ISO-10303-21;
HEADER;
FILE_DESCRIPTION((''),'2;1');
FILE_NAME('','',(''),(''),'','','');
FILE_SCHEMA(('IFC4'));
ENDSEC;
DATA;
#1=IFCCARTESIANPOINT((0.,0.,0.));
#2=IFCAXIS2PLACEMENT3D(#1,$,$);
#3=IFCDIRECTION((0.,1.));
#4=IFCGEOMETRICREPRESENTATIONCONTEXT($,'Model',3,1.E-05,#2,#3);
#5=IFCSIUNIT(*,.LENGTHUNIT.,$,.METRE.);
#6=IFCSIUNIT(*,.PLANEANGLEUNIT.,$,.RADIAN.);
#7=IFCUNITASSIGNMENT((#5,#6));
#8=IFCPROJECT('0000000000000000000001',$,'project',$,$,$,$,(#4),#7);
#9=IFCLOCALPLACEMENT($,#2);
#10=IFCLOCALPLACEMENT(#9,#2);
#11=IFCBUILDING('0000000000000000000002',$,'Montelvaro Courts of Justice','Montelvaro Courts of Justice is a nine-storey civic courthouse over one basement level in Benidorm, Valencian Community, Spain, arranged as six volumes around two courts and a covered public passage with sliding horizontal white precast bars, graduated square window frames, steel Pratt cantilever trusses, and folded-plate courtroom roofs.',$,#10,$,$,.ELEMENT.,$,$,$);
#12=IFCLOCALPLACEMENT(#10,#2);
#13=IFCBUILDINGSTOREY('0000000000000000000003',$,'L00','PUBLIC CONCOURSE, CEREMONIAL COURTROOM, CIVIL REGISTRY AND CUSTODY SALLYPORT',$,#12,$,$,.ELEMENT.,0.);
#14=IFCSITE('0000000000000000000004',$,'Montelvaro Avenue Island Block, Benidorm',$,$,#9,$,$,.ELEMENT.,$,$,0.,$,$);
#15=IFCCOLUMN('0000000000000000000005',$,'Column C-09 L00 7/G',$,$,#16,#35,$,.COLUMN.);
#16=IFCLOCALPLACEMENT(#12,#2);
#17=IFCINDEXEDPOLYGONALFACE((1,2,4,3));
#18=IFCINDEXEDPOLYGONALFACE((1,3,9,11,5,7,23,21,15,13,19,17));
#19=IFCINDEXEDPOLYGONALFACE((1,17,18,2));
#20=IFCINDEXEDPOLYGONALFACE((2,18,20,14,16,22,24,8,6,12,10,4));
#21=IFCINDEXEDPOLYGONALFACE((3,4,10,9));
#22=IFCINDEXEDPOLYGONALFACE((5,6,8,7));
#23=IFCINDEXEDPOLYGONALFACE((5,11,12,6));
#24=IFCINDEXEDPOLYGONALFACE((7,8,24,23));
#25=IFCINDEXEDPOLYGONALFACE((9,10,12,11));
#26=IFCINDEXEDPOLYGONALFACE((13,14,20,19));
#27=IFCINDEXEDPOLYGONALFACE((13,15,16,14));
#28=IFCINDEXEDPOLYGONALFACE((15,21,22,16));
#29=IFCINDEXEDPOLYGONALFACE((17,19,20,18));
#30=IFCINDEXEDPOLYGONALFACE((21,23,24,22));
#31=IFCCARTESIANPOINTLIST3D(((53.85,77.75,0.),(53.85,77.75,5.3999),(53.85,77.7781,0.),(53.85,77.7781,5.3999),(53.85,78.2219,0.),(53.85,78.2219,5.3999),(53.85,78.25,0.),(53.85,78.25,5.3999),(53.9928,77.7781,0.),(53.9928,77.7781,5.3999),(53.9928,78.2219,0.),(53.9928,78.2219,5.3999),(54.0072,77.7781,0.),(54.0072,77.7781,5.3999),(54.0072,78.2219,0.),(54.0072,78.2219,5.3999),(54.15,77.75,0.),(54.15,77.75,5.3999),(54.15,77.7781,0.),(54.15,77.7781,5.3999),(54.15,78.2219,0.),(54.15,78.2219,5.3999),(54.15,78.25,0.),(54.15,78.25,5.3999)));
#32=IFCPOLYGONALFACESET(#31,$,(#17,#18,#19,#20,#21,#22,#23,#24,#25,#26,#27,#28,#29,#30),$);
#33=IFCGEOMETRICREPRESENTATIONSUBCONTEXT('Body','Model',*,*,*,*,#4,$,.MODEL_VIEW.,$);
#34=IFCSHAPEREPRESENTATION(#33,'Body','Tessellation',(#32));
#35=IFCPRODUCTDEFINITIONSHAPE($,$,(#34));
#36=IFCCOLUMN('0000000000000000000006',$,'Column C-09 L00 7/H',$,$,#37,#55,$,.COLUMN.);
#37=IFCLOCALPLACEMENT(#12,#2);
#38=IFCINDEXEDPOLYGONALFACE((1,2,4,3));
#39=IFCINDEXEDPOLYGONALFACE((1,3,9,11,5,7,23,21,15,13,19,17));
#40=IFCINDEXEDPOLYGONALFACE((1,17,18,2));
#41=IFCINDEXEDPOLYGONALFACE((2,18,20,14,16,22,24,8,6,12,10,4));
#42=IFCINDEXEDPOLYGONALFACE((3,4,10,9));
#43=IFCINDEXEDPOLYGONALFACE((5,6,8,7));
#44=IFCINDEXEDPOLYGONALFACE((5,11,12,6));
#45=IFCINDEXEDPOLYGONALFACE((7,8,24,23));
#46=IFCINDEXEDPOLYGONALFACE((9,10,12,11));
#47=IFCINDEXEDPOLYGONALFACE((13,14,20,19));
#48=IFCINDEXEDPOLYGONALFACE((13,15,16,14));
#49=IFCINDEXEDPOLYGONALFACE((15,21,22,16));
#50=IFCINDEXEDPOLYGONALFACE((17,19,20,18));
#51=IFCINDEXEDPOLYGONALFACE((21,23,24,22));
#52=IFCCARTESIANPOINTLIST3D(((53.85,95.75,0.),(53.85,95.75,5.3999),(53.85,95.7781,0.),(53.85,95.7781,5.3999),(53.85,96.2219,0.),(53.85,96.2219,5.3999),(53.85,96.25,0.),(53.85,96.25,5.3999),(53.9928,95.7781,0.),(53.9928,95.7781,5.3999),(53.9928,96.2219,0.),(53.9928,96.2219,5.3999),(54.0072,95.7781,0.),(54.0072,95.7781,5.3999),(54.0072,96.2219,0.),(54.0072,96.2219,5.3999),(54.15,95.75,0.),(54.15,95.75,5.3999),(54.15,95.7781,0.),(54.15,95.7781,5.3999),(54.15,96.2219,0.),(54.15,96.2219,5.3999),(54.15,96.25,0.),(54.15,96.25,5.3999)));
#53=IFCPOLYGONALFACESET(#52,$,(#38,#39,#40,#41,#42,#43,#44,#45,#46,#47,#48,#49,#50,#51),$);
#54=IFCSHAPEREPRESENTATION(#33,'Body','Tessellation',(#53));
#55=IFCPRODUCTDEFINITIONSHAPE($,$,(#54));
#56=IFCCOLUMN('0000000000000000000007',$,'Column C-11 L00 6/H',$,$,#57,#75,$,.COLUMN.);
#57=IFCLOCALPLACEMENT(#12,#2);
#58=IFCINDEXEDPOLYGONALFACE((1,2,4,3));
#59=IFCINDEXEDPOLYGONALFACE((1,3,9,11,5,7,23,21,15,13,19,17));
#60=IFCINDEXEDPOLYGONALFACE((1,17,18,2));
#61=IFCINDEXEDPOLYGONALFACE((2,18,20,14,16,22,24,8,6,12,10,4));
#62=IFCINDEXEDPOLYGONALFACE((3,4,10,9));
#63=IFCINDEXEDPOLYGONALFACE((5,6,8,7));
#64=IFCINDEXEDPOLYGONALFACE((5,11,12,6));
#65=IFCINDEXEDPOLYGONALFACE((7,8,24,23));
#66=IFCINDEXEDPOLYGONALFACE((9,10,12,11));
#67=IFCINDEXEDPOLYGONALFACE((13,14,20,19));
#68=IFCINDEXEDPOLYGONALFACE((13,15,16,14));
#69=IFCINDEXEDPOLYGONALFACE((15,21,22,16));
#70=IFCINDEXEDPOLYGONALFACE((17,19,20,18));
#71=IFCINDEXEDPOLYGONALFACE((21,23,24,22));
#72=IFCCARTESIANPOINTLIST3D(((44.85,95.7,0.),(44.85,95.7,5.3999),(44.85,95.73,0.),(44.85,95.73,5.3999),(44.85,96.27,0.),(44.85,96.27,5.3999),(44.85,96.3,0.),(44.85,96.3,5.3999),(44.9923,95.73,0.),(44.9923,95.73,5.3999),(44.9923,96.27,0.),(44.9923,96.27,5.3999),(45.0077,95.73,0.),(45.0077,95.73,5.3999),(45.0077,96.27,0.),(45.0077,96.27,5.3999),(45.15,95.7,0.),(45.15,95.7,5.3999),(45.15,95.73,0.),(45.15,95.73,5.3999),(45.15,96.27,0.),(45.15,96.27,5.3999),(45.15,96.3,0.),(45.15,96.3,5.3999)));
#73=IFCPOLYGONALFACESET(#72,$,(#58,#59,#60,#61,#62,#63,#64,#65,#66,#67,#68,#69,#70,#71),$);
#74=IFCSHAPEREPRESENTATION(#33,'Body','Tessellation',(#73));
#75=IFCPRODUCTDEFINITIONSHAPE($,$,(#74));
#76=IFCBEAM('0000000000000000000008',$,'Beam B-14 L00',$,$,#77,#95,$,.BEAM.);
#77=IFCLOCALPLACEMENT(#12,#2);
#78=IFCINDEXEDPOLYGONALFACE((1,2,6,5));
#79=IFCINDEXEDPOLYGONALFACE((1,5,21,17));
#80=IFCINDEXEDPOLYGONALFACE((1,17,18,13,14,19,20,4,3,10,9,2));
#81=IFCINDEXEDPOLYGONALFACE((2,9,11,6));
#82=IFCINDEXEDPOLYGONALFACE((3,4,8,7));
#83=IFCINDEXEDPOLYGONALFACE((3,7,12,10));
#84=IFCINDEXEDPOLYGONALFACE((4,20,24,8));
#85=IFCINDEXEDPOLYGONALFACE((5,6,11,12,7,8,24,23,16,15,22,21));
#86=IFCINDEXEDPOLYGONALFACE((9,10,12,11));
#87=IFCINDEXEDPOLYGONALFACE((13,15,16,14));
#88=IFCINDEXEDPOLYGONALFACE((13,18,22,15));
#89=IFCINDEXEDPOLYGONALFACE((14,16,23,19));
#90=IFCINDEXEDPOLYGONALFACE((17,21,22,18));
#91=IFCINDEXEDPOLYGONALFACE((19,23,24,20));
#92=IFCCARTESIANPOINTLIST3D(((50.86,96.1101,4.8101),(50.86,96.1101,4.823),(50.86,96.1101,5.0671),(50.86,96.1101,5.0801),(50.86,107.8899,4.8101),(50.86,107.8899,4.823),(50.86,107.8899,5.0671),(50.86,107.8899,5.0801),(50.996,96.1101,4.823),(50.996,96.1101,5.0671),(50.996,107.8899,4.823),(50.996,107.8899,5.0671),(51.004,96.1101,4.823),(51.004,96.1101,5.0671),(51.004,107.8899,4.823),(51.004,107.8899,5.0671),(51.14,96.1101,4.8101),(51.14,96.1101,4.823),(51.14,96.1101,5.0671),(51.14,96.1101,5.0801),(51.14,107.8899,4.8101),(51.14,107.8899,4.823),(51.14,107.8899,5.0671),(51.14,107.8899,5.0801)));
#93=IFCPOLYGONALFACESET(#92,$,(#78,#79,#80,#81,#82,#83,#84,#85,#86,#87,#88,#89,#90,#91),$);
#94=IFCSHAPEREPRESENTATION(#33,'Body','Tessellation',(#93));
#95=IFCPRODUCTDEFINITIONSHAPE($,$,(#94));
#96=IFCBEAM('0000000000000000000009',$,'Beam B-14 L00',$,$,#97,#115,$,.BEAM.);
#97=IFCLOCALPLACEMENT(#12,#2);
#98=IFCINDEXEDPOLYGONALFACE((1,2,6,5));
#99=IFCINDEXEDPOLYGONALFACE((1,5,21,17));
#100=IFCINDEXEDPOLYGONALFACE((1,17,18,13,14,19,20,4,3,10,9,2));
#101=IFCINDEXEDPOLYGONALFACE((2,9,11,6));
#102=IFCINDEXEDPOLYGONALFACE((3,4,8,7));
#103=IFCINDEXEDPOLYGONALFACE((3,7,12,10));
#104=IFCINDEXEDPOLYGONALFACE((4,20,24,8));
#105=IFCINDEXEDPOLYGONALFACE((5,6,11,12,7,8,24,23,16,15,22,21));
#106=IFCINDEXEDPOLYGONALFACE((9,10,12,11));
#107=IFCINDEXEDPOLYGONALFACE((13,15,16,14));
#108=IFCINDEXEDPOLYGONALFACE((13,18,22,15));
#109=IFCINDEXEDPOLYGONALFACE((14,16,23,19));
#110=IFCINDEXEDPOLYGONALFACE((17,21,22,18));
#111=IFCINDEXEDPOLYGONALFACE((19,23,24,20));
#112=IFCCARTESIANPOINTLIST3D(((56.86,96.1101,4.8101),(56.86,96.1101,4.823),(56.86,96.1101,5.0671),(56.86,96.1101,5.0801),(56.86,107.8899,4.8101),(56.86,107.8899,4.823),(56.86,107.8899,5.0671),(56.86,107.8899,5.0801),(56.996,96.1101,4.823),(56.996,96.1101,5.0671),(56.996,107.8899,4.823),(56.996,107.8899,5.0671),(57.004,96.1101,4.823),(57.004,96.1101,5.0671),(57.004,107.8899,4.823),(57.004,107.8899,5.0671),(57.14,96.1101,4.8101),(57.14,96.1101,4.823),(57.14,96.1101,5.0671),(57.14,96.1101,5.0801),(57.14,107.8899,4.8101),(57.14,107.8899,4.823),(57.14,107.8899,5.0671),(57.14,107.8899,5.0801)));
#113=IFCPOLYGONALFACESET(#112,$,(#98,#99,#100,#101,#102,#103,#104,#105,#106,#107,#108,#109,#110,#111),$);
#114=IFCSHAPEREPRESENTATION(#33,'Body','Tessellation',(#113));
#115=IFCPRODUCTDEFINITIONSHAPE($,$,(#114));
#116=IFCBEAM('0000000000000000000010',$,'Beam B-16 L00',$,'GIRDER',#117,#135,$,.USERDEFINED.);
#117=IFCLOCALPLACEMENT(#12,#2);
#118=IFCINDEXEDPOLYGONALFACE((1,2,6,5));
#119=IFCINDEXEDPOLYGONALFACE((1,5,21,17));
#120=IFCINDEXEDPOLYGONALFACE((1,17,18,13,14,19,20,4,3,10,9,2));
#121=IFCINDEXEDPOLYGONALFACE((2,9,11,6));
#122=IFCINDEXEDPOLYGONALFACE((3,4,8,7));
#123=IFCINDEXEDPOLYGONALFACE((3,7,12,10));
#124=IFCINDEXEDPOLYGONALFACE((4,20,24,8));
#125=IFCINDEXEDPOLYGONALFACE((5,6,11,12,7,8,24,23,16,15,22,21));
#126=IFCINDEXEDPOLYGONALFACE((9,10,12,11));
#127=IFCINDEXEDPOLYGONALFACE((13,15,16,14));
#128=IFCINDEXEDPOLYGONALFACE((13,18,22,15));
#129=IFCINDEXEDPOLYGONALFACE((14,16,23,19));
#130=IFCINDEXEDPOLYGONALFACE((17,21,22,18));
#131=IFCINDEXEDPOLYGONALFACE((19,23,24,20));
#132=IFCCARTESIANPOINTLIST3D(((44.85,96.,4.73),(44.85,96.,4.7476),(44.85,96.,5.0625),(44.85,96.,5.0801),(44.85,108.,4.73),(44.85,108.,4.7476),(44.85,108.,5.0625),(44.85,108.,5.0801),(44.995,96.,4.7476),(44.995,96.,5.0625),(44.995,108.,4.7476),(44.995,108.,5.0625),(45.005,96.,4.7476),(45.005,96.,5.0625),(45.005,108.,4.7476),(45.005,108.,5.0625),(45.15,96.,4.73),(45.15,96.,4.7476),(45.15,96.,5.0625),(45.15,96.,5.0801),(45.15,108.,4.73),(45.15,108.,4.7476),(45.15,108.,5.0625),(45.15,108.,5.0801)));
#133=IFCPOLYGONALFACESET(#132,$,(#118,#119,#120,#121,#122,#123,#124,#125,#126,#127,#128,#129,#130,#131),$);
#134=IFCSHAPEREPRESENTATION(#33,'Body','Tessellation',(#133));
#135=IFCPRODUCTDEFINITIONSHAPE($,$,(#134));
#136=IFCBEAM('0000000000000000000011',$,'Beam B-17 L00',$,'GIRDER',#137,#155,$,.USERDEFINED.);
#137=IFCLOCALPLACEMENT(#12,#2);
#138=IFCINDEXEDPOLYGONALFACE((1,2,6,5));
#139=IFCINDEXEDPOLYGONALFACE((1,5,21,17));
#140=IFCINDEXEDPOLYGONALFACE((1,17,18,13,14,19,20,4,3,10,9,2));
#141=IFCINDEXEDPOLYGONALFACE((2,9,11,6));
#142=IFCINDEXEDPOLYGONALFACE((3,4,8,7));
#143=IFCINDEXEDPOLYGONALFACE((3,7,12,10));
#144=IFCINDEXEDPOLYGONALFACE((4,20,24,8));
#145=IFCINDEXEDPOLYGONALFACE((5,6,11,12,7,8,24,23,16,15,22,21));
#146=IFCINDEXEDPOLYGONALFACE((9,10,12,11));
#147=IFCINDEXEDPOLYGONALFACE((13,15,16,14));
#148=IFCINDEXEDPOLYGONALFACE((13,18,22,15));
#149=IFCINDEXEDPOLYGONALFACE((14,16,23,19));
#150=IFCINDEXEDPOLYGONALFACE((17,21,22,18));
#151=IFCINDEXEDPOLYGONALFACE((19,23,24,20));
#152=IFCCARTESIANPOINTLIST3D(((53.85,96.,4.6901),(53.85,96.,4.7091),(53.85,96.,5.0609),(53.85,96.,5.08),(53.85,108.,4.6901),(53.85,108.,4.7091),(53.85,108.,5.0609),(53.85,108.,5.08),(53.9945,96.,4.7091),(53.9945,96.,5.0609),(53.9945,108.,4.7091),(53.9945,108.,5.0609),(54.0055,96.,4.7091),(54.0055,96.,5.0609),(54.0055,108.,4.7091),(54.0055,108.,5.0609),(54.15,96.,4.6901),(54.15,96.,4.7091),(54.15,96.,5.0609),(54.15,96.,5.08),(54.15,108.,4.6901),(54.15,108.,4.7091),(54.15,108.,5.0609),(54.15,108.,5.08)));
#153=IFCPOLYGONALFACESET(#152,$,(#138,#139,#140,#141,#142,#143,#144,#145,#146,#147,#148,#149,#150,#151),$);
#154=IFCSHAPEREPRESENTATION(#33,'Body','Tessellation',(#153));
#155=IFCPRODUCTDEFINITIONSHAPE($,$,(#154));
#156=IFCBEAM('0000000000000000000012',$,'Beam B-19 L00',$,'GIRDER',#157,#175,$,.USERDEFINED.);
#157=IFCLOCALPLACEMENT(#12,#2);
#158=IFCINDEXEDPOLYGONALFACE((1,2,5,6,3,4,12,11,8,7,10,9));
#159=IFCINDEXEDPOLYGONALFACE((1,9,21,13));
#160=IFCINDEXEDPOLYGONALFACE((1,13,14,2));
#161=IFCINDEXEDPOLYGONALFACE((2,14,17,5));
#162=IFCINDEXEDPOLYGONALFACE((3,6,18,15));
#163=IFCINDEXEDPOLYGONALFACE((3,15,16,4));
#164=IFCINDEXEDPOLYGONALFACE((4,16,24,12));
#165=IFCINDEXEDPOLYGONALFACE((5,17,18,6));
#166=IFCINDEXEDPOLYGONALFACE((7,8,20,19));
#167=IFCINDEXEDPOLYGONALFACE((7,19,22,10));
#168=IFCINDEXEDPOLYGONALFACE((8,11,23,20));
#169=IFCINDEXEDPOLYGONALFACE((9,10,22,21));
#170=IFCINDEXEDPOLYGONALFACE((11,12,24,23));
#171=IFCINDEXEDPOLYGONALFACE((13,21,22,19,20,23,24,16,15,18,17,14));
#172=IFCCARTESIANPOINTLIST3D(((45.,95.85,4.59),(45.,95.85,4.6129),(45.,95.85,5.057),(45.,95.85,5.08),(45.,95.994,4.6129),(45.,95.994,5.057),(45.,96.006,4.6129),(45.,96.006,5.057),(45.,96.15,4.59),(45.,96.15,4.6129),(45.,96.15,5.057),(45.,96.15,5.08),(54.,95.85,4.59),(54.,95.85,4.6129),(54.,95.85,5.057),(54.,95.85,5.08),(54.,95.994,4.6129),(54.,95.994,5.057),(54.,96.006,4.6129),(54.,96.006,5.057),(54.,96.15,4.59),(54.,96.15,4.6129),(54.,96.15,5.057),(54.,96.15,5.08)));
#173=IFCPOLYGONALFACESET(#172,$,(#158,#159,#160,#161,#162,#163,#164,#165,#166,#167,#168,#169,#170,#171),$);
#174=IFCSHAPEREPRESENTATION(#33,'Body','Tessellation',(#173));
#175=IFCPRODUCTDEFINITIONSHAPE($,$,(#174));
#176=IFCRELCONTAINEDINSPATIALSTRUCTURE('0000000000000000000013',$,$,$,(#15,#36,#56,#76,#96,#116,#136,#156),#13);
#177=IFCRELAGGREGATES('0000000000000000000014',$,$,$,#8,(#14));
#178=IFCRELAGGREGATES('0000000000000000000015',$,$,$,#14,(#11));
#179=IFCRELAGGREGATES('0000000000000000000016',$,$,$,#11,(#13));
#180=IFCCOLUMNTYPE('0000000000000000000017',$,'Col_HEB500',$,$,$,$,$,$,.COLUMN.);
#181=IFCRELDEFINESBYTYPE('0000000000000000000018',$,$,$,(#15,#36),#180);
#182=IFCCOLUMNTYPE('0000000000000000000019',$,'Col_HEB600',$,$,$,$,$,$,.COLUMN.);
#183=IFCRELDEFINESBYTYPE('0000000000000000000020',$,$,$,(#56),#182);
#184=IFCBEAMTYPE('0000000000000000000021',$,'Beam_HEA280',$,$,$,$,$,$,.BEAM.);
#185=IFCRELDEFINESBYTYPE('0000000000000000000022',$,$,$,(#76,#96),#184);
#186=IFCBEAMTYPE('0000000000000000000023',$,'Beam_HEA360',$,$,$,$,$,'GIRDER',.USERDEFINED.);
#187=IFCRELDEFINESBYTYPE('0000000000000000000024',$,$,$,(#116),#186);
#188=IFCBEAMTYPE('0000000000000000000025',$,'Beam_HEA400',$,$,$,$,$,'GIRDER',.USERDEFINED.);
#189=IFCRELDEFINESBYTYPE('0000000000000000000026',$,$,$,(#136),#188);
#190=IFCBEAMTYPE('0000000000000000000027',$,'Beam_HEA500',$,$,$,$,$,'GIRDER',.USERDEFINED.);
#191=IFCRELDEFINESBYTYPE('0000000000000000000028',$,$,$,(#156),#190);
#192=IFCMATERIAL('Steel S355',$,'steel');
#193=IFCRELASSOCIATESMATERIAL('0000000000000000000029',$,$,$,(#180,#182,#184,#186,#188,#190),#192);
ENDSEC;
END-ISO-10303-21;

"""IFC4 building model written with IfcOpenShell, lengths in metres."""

from ifc_helpers import new_model, si_unit, direction, frame, origin, origin_2d, place, context, subcontext, project, spatial, i_section, extrude, material, material_profile, profile_set, type_object, element, save


model = new_model("IFC4")

# Units and contexts
model_context = context("Model", 3, precision=1e-05, world=origin(), true_north=direction((0.0, 1.0)))
body_context = subcontext(model_context, "Body", "Model", "MODEL_VIEW")
ifc_project = project(units=[si_unit("LENGTHUNIT", "METRE"), si_unit("PLANEANGLEUNIT", "RADIAN")], contexts=[model_context])

# Site, building, storey
site_placement = place(None, origin())
site = spatial("IfcSite", under=ifc_project, at=site_placement, Name="Montelvaro Avenue Island Block, Benidorm", CompositionType="ELEMENT", RefElevation=0.0)
building_placement = place(site_placement, origin())
building = spatial("IfcBuilding", under=site, at=building_placement, Name="Montelvaro Courts of Justice", Description="Montelvaro Courts of Justice is a nine-storey civic courthouse over one basement level in Benidorm, Valencian Community, Spain, arranged as six volumes around two courts and a covered public passage with sliding horizontal white precast bars, graduated square window frames, steel Pratt cantilever trusses, and folded-plate courtroom roofs.", CompositionType="ELEMENT")
storey_placement = place(building_placement, origin())
storey = spatial("IfcBuildingStorey", under=building, at=storey_placement, Name="L00", Description="PUBLIC CONCOURSE, CEREMONIAL COURTROOM, CIVIL REGISTRY AND CUSTODY SALLYPORT", CompositionType="ELEMENT", Elevation=0.0)

# Columns
ifc_material_1 = material(Name="Steel S355", Category="steel")
ifc_material_profile_1 = material_profile(ifc_material_1, i_section(OverallWidth=0.3, OverallDepth=0.5, WebThickness=0.0144, FlangeThickness=0.0281, at=origin_2d()), Name="HEB 500")
ifc_profile_set_1 = profile_set([ifc_material_profile_1], Name="Steel S355")
column_type_1 = type_object("IfcColumnType", Name="Col_HEB500", PredefinedType="COLUMN", material=ifc_profile_set_1)
for number, where, z_axis, x_axis, name in (
    (1, (54.0, 78.0, 0.0), (0.0, 0.0, 1.0), (1.0, 0.0, 0.0), "Column C-09 L00 7/G"),
    (2, (54.0, 96.0, 0.0), (0.0, 0.0, 1.0), (1.0, 0.0, 0.0), "Column C-09 L00 7/H"),
):
    element("IfcColumn", number, at=place(storey_placement, frame(where, z_axis=z_axis, x_axis=x_axis)), inside=storey, type_object=column_type_1, Name=name, PredefinedType="COLUMN", context=body_context, shape_type="SweptSolid", body=[
        extrude(i_section(OverallWidth=0.3, OverallDepth=0.5, WebThickness=0.0144, FlangeThickness=0.0281, at=origin_2d()), origin(), (0.0, 0.0, 1.0), 5.3999),
    ])
ifc_material_profile_2 = material_profile(ifc_material_1, i_section(OverallWidth=0.3, OverallDepth=0.6001, WebThickness=0.0154, FlangeThickness=0.03, at=origin_2d()), Name="HEB 600")
ifc_profile_set_2 = profile_set([ifc_material_profile_2], Name="Steel S355")
column_type_2 = type_object("IfcColumnType", Name="Col_HEB600", PredefinedType="COLUMN", material=ifc_profile_set_2)
column_placement = place(storey_placement, frame((45.0, 96.0, 0.0), z_axis=(0.0, 0.0, 1.0), x_axis=(1.0, 0.0, 0.0)))
element("IfcColumn", 3, at=column_placement, inside=storey, type_object=column_type_2, Name="Column C-11 L00 6/H", PredefinedType="COLUMN", context=body_context, shape_type="SweptSolid", body=[
    extrude(i_section(OverallWidth=0.3, OverallDepth=0.6001, WebThickness=0.0154, FlangeThickness=0.03, at=origin_2d()), origin(), (0.0, 0.0, 1.0), 5.3999),
])

# Beams
ifc_material_profile_3 = material_profile(ifc_material_1, i_section(OverallWidth=0.28, OverallDepth=0.27, WebThickness=0.0081, FlangeThickness=0.0129, at=origin_2d()), Name="HEA 280")
ifc_profile_set_3 = profile_set([ifc_material_profile_3], Name="Steel S355")
beam_type_1 = type_object("IfcBeamType", Name="Beam_HEA280", PredefinedType="BEAM", material=ifc_profile_set_3)
for number, where, z_axis, x_axis, name in (
    (4, (51.0, 96.1101, 4.9451), (0.0, 1.0, 0.0), (-1.0, 0.0, 0.0), "Beam B-14 L00"),
    (5, (57.0, 96.1101, 4.9451), (0.0, 1.0, 0.0), (-1.0, 0.0, 0.0), "Beam B-14 L00"),
):
    element("IfcBeam", number, at=place(storey_placement, frame(where, z_axis=z_axis, x_axis=x_axis)), inside=storey, type_object=beam_type_1, Name=name, PredefinedType="BEAM", context=body_context, shape_type="SweptSolid", body=[
        extrude(i_section(OverallWidth=0.28, OverallDepth=0.27, WebThickness=0.0081, FlangeThickness=0.0129, at=origin_2d()), origin(), (0.0, 0.0, 1.0), 11.7798),
    ])
ifc_material_profile_4 = material_profile(ifc_material_1, i_section(OverallWidth=0.3, OverallDepth=0.3501, WebThickness=0.01, FlangeThickness=0.0176, at=origin_2d()), Name="HEA 360")
ifc_profile_set_4 = profile_set([ifc_material_profile_4], Name="Steel S355")
beam_type_2 = type_object("IfcBeamType", Name="Beam_HEA360", ElementType="GIRDER", PredefinedType="USERDEFINED", material=ifc_profile_set_4)
beam_1_placement = place(storey_placement, frame((45.0, 96.0, 4.905), z_axis=(0.0, 1.0, 0.0), x_axis=(-1.0, 0.0, 0.0)))
element("IfcBeam", 6, at=beam_1_placement, inside=storey, type_object=beam_type_2, Name="Beam B-16 L00", ObjectType="GIRDER", PredefinedType="USERDEFINED", context=body_context, shape_type="SweptSolid", body=[
    extrude(i_section(OverallWidth=0.3, OverallDepth=0.3501, WebThickness=0.01, FlangeThickness=0.0176, at=origin_2d()), origin(), (0.0, 0.0, 1.0), 12.0),
])
ifc_material_profile_5 = material_profile(ifc_material_1, i_section(OverallWidth=0.3, OverallDepth=0.3899, WebThickness=0.011, FlangeThickness=0.019, at=origin_2d()), Name="HEA 400")
ifc_profile_set_5 = profile_set([ifc_material_profile_5], Name="Steel S355")
beam_type_3 = type_object("IfcBeamType", Name="Beam_HEA400", ElementType="GIRDER", PredefinedType="USERDEFINED", material=ifc_profile_set_5)
beam_2_placement = place(storey_placement, frame((54.0, 96.0, 4.885), z_axis=(0.0, 1.0, 0.0), x_axis=(-1.0, 0.0, 0.0)))
element("IfcBeam", 7, at=beam_2_placement, inside=storey, type_object=beam_type_3, Name="Beam B-17 L00", ObjectType="GIRDER", PredefinedType="USERDEFINED", context=body_context, shape_type="SweptSolid", body=[
    extrude(i_section(OverallWidth=0.3, OverallDepth=0.3899, WebThickness=0.011, FlangeThickness=0.019, at=origin_2d()), origin(), (0.0, 0.0, 1.0), 12.0),
])
ifc_material_profile_6 = material_profile(ifc_material_1, i_section(OverallWidth=0.3, OverallDepth=0.49, WebThickness=0.012, FlangeThickness=0.0229, at=origin_2d()), Name="HEA 500")
ifc_profile_set_6 = profile_set([ifc_material_profile_6], Name="Steel S355")
beam_type_4 = type_object("IfcBeamType", Name="Beam_HEA500", ElementType="GIRDER", PredefinedType="USERDEFINED", material=ifc_profile_set_6)
for number, where, z_axis, x_axis, name in (
    (8, (45.0, 96.0, 4.835), (1.0, 0.0, 0.0), (0.0, 1.0, 0.0), "Beam B-19 L00"),
):
    element("IfcBeam", number, at=place(storey_placement, frame(where, z_axis=z_axis, x_axis=x_axis)), inside=storey, type_object=beam_type_4, Name=name, ObjectType="GIRDER", PredefinedType="USERDEFINED", context=body_context, shape_type="SweptSolid", body=[
        extrude(i_section(OverallWidth=0.3, OverallDepth=0.49, WebThickness=0.012, FlangeThickness=0.0229, at=origin_2d()), origin(), (0.0, 0.0, 1.0), 9.0),
    ])

save(model, "model.ifc")
